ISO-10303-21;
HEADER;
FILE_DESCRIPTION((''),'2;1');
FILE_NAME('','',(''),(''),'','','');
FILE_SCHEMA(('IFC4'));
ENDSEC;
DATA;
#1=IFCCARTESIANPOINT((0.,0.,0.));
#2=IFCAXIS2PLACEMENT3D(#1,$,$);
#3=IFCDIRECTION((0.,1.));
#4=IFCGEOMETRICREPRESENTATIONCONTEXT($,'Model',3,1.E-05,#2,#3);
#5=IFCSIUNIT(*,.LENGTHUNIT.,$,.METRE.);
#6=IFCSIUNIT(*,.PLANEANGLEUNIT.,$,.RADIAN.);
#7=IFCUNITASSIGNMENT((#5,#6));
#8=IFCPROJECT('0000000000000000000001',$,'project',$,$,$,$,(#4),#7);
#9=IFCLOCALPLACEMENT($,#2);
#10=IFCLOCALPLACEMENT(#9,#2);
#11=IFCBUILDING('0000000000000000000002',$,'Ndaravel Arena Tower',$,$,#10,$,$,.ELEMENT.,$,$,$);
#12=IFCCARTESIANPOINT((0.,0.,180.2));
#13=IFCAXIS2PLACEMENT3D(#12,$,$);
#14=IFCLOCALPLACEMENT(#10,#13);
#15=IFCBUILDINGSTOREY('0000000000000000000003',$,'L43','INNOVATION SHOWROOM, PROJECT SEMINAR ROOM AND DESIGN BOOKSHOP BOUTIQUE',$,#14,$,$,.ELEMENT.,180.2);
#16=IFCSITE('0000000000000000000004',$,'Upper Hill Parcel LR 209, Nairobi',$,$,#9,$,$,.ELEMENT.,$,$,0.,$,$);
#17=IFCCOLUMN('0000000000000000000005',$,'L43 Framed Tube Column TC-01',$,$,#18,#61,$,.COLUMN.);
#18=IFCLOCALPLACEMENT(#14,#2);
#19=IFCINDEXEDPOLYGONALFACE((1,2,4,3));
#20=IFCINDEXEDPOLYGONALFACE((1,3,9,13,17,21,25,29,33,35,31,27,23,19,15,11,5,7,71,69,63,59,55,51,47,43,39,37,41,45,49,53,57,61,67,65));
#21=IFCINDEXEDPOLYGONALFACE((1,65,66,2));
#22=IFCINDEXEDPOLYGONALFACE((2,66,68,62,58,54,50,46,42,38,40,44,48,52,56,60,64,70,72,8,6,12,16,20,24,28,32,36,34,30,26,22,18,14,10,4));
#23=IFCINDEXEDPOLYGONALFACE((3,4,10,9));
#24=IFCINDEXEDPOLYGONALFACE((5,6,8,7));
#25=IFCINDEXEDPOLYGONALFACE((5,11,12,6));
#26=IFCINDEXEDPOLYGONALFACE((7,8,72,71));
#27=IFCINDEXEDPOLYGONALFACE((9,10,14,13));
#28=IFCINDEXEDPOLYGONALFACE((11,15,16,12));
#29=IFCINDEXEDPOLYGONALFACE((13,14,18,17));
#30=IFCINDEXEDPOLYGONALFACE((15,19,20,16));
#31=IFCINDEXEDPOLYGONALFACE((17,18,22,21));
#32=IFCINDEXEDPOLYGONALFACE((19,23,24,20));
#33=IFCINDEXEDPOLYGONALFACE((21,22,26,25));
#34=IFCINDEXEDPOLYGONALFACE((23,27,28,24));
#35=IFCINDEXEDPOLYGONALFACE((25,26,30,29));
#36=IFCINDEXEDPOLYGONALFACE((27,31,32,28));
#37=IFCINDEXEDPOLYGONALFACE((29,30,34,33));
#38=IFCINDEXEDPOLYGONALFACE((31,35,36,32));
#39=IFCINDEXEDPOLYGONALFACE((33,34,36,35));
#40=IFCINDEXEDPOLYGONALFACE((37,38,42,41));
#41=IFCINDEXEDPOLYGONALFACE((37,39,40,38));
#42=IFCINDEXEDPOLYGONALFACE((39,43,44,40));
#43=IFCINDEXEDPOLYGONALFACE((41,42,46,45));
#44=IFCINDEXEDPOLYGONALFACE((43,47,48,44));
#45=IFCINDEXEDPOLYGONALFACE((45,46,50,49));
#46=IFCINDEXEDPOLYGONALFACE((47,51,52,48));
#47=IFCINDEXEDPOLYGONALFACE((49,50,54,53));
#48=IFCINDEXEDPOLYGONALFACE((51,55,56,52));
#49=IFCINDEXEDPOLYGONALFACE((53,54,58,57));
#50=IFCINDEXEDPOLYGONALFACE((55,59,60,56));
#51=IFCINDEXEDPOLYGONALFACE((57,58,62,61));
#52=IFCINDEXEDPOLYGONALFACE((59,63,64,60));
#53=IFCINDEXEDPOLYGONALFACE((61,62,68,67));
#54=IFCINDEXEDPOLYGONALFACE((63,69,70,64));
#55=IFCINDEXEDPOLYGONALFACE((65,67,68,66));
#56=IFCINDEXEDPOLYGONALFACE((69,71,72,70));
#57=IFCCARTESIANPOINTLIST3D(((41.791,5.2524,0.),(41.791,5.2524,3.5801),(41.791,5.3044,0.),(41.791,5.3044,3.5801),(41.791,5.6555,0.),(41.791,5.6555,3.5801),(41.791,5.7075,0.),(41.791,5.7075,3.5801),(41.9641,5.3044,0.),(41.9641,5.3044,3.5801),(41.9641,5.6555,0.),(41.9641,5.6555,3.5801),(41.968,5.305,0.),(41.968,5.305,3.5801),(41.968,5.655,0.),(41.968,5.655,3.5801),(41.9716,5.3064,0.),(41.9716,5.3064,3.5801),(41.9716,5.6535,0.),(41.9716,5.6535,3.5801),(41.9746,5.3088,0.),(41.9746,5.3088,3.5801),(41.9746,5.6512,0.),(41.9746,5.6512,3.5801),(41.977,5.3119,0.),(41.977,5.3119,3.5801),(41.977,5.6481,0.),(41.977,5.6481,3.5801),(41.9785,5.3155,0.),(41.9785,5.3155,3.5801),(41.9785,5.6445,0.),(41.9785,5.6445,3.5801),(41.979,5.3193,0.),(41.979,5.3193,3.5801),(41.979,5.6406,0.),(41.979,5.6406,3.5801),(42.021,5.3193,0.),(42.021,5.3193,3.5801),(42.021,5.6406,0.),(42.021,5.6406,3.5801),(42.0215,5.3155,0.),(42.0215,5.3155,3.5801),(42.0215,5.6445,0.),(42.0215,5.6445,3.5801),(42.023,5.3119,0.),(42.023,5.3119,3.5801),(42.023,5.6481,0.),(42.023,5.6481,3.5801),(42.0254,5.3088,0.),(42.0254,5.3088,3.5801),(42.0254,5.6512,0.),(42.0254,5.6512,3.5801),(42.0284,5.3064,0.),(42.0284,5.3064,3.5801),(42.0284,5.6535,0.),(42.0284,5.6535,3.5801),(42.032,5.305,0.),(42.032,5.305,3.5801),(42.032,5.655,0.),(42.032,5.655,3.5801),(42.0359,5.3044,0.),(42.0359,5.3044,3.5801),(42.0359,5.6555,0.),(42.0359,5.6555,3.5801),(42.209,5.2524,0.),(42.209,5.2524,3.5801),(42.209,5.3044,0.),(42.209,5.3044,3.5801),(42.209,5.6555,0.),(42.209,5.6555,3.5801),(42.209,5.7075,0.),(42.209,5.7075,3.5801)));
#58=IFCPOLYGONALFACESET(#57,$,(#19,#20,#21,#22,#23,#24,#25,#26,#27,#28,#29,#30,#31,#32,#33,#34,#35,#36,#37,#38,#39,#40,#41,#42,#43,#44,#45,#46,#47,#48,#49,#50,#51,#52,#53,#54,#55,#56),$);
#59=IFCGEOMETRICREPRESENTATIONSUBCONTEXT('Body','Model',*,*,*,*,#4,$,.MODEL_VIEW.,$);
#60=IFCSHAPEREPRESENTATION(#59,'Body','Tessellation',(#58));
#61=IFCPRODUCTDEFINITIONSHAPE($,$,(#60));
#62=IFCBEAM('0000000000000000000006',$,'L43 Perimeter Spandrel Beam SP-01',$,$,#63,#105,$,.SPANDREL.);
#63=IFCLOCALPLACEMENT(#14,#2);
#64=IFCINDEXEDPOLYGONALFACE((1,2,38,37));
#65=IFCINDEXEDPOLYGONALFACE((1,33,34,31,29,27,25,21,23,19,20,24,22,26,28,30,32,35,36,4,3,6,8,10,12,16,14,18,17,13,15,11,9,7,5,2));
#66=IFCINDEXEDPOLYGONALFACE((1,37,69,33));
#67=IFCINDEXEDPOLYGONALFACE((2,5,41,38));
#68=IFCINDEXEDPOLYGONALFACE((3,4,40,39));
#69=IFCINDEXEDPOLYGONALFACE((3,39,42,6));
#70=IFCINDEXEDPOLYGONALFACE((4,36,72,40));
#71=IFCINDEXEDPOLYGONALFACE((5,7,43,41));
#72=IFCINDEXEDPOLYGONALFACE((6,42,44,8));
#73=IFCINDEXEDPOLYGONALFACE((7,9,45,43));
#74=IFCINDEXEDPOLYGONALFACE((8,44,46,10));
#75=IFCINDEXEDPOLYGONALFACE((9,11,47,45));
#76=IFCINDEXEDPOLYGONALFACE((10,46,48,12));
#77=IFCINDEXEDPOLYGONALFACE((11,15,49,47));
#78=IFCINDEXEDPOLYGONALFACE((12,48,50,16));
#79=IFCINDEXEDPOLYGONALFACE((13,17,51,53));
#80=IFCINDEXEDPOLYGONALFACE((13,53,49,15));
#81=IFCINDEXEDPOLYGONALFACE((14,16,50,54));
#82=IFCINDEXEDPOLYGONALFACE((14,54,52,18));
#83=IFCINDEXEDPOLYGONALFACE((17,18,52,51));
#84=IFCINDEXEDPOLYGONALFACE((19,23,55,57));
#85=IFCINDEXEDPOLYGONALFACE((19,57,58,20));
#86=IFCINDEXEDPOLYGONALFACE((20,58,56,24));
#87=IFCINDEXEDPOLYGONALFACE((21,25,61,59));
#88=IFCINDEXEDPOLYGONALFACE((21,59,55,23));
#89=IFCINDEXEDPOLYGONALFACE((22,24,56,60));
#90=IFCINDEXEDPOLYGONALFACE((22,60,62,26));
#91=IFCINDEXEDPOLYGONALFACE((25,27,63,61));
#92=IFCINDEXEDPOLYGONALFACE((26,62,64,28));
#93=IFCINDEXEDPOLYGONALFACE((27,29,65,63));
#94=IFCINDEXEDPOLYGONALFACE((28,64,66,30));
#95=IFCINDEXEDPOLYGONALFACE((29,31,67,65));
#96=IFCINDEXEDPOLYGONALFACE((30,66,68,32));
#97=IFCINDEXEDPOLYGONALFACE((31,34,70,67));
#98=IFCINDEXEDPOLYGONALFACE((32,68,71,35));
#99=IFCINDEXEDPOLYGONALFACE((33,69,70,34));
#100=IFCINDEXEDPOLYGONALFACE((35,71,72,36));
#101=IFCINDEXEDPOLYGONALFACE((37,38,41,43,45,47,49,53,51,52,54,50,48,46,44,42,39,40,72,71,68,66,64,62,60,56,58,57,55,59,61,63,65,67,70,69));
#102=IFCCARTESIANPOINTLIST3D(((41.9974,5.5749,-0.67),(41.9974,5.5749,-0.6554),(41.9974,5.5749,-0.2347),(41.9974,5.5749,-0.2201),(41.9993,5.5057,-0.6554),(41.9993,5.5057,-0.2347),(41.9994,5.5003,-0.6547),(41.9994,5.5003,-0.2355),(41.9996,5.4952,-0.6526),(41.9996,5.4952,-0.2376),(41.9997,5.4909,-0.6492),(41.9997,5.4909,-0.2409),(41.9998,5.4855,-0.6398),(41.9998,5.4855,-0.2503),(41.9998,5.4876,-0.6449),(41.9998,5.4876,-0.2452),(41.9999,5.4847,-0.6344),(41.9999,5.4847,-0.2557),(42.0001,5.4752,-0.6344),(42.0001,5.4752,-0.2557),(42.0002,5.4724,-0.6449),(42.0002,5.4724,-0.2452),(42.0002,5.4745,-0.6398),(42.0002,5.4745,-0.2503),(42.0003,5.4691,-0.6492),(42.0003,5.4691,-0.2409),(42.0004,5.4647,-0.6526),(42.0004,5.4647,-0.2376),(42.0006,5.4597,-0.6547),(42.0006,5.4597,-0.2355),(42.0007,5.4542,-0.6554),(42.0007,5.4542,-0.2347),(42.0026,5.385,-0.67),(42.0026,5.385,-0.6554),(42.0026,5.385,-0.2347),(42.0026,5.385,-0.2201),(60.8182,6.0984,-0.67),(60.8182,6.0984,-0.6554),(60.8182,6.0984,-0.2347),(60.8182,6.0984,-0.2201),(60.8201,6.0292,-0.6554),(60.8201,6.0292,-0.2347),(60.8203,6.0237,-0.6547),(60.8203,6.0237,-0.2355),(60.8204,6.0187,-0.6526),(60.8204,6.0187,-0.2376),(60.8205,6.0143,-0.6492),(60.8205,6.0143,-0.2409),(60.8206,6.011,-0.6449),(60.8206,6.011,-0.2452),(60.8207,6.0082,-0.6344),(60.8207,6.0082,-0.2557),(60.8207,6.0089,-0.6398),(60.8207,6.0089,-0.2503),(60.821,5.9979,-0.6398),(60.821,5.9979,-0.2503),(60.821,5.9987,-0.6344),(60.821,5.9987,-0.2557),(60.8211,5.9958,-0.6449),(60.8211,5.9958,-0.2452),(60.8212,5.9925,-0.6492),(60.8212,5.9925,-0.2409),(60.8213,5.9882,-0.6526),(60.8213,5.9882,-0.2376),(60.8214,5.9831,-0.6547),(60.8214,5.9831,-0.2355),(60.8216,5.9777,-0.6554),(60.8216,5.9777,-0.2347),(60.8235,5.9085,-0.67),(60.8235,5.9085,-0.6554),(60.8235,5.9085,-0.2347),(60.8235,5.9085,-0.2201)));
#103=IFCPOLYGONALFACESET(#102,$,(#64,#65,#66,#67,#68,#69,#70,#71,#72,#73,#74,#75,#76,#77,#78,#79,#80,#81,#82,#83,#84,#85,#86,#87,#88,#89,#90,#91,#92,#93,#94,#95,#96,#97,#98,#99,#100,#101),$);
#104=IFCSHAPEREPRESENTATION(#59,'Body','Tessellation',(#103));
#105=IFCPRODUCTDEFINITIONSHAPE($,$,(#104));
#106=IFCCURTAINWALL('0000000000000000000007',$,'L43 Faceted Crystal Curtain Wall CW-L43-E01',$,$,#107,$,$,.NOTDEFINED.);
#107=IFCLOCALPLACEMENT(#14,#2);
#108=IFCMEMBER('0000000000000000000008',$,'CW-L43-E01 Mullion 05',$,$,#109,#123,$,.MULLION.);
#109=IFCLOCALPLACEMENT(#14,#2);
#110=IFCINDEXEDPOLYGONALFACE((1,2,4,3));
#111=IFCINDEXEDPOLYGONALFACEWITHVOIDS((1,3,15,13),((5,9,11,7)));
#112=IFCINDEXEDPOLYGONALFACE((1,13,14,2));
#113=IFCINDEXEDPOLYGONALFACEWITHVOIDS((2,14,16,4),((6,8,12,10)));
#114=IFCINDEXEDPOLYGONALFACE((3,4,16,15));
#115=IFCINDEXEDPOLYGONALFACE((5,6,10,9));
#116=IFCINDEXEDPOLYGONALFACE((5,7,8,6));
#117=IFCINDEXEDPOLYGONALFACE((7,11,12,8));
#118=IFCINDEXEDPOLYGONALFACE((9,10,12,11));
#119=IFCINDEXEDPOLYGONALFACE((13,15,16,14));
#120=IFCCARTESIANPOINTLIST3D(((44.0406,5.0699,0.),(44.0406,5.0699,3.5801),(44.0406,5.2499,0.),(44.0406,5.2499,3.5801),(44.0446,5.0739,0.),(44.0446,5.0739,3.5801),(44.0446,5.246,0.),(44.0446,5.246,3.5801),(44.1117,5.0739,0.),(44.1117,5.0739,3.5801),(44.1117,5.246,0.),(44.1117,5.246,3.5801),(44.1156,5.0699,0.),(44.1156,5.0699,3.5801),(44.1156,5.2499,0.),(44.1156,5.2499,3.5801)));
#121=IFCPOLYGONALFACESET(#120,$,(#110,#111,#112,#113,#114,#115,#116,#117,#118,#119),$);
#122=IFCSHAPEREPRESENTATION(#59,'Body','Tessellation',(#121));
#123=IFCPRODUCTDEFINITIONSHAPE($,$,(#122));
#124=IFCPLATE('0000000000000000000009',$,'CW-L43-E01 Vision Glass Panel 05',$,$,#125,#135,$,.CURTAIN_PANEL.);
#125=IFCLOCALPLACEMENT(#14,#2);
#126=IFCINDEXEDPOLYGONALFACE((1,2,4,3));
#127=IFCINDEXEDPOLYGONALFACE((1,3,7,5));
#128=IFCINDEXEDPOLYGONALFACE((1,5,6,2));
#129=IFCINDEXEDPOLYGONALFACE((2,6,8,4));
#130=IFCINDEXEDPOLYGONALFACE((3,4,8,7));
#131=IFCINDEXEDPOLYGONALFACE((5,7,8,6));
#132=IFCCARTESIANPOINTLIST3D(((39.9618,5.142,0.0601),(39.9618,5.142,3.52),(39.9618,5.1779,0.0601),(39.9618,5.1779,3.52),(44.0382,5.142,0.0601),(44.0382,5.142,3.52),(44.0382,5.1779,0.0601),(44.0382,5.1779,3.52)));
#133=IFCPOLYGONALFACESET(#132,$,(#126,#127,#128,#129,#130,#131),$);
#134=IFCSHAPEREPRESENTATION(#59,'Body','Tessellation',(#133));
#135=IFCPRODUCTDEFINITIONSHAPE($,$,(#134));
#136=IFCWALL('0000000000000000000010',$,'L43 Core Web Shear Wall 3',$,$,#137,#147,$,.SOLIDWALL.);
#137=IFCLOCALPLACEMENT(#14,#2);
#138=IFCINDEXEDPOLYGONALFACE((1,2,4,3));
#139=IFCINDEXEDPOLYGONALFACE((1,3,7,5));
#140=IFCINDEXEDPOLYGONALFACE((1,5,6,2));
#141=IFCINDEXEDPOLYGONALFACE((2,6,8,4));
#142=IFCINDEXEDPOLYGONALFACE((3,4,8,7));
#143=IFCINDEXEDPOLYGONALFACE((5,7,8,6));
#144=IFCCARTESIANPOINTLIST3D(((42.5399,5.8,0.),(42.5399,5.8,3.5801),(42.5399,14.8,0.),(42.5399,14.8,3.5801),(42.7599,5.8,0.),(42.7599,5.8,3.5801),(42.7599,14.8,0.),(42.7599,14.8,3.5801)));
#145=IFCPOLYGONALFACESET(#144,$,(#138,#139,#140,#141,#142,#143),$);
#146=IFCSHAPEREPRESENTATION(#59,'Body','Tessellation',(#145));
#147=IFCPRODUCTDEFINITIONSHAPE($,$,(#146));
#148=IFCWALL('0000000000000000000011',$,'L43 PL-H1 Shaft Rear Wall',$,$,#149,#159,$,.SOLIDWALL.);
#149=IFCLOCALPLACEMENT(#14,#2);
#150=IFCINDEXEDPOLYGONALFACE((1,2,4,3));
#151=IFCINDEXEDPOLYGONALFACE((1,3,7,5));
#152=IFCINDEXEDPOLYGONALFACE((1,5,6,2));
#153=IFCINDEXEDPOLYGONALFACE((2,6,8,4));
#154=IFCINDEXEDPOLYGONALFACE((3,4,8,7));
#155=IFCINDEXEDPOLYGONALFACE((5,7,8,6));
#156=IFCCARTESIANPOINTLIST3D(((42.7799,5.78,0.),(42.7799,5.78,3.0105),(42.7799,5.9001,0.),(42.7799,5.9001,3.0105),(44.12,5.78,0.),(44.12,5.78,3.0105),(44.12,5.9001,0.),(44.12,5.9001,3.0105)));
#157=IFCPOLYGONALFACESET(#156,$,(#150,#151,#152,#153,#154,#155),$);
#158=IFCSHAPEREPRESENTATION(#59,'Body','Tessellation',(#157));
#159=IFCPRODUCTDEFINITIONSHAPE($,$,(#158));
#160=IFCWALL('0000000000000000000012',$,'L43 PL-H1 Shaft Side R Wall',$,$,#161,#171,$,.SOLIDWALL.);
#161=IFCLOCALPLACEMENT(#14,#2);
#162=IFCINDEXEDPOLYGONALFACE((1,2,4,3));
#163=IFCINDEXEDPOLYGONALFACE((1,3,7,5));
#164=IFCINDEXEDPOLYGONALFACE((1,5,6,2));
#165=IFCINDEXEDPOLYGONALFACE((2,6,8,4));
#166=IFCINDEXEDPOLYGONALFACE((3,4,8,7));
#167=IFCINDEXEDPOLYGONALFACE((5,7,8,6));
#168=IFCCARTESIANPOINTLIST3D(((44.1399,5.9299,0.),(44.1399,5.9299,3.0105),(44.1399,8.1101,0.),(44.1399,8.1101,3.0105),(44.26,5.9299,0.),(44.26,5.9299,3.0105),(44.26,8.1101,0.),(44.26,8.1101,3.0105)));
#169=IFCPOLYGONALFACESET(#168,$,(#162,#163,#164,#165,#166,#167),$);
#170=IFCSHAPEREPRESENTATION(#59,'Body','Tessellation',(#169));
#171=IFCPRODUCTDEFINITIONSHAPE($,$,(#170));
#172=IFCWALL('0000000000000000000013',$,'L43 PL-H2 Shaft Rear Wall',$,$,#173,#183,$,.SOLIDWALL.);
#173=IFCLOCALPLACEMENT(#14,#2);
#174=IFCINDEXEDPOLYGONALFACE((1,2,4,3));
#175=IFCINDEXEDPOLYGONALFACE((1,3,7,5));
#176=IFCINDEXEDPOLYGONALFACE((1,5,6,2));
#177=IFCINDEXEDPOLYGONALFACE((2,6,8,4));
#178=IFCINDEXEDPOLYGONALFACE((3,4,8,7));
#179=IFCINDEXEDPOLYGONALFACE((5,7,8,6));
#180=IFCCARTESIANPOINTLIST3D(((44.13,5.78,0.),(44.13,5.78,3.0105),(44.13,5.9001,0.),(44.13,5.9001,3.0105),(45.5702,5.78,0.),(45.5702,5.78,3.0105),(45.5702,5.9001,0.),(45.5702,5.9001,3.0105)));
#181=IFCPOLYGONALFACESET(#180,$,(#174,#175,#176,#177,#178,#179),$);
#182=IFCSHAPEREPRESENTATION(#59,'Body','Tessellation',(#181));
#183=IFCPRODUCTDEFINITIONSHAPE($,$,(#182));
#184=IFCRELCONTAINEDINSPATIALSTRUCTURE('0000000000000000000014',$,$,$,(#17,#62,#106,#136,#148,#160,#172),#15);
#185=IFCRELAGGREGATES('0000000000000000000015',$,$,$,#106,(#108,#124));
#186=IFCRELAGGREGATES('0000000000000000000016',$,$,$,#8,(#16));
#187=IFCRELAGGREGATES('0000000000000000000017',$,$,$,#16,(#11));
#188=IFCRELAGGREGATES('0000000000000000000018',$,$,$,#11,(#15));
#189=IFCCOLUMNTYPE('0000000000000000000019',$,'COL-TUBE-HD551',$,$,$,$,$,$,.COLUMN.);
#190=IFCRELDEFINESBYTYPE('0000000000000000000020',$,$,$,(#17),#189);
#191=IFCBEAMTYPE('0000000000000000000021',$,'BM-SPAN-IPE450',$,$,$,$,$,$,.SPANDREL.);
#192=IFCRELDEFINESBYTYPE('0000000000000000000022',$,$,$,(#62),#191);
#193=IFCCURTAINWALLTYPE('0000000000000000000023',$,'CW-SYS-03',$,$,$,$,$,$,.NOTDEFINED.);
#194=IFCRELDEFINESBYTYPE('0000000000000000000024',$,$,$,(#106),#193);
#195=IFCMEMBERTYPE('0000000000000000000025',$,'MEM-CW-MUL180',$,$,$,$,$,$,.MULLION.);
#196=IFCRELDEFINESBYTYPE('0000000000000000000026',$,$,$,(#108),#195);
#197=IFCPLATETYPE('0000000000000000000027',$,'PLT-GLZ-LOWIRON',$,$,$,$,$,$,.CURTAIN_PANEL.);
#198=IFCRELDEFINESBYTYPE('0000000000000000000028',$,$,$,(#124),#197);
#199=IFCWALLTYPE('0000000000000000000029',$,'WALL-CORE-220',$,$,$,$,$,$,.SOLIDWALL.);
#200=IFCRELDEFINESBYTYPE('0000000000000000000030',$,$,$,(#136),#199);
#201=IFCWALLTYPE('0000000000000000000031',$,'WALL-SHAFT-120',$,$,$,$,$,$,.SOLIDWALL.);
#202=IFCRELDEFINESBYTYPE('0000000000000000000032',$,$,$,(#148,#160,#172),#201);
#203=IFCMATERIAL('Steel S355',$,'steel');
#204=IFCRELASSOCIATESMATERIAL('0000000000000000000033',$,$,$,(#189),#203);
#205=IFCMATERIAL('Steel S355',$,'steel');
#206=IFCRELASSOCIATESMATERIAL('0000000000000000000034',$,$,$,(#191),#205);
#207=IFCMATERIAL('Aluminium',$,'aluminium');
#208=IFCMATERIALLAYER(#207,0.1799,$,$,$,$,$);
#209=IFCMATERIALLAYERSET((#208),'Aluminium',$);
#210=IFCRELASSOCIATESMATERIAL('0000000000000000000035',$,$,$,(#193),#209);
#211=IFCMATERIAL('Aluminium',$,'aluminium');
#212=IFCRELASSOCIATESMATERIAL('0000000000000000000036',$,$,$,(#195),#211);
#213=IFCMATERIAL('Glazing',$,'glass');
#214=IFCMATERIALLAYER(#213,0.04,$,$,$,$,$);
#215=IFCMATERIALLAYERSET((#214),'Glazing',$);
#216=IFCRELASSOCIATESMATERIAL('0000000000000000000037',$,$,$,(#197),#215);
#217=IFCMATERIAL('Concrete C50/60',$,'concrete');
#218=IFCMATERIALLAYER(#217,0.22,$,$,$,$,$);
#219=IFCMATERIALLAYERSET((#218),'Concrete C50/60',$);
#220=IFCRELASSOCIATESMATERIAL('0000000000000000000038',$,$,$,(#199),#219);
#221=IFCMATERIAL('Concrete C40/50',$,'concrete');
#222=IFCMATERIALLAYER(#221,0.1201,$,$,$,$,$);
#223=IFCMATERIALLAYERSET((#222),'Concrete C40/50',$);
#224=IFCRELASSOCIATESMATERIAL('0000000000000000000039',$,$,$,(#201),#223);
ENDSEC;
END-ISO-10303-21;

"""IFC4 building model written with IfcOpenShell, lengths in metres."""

from ifc_helpers import new_model, si_unit, direction, frame, frame_2d, origin, origin_2d, place, context, subcontext, project, spatial, rectangle, hollow_rectangle, i_section, extrude, material, layer, layer_set, material_profile, profile_set, type_object, element, aggregate, save


model = new_model("IFC4")

# Units and contexts
model_context = context("Model", 3, precision=1e-05, world=origin(), true_north=direction((0.0, 1.0)))
body_context = subcontext(model_context, "Body", "Model", "MODEL_VIEW")
ifc_project = project(units=[si_unit("LENGTHUNIT", "METRE"), si_unit("PLANEANGLEUNIT", "RADIAN")], contexts=[model_context])

# Site, building, storey
site_placement = place(None, origin())
site = spatial("IfcSite", under=ifc_project, at=site_placement, Name="Upper Hill Parcel LR 209, Nairobi", CompositionType="ELEMENT", RefElevation=0.0)
building_placement = place(site_placement, origin())
building = spatial("IfcBuilding", under=site, at=building_placement, Name="Ndaravel Arena Tower", CompositionType="ELEMENT")
storey_placement = place(building_placement, frame((0.0, 0.0, 180.2)))
storey = spatial("IfcBuildingStorey", under=building, at=storey_placement, Name="L43", Description="INNOVATION SHOWROOM, PROJECT SEMINAR ROOM AND DESIGN BOOKSHOP BOUTIQUE", CompositionType="ELEMENT", Elevation=180.2)

# Column
ifc_material_1 = material(Name="Steel S355", Category="steel")
ifc_material_profile_1 = material_profile(ifc_material_1, i_section(OverallWidth=0.418, OverallDepth=0.4551, WebThickness=0.042, FlangeThickness=0.052, FilletRadius=0.0149, at=origin_2d()), Name="HD 400x551")
ifc_profile_set_1 = profile_set([ifc_material_profile_1], Name="Steel S355")
column_type = type_object("IfcColumnType", Name="COL-TUBE-HD551", PredefinedType="COLUMN", material=ifc_profile_set_1)
column_placement = place(storey_placement, frame((42.0, 5.48, 0.0), z_axis=(0.0, 0.0, 1.0), x_axis=(1.0, 0.0, 0.0)))
element("IfcColumn", 1, at=column_placement, inside=storey, type_object=column_type, Name="L43 Framed Tube Column TC-01", PredefinedType="COLUMN", context=body_context, shape_type="SweptSolid", body=[
    extrude(i_section(OverallWidth=0.418, OverallDepth=0.4551, WebThickness=0.042, FlangeThickness=0.052, FilletRadius=0.0149, at=origin_2d()), origin(), (0.0, 0.0, 1.0), 3.5801),
])

# Beam
ifc_material_2 = material(Name="Steel S355", Category="steel")
ifc_material_profile_2 = material_profile(ifc_material_2, i_section(OverallWidth=0.1899, OverallDepth=0.45, WebThickness=0.0095, FlangeThickness=0.0146, FilletRadius=0.021, at=origin_2d()), Name="IPE 450")
ifc_profile_set_2 = profile_set([ifc_material_profile_2], Name="Steel S355")
beam_type = type_object("IfcBeamType", Name="BM-SPAN-IPE450", PredefinedType="SPANDREL", material=ifc_profile_set_2)
beam_placement = place(storey_placement, frame((42.0, 5.48, -0.4451), z_axis=(0.999613, 0.027801, 0.0), x_axis=(-0.027801, 0.999613, 0.0)))
element("IfcBeam", 2, at=beam_placement, inside=storey, type_object=beam_type, Name="L43 Perimeter Spandrel Beam SP-01", PredefinedType="SPANDREL", context=body_context, shape_type="SweptSolid", body=[
    extrude(i_section(OverallWidth=0.1899, OverallDepth=0.45, WebThickness=0.0095, FlangeThickness=0.0146, FilletRadius=0.021, at=origin_2d()), origin(), (0.0, 0.0, 1.0), 18.8281),
])

# Curtain wall, member, plate
ifc_material_3 = material(Name="Aluminium", Category="aluminium")
ifc_layer_1 = layer(ifc_material_3, 0.1799)
ifc_layer_set_1 = layer_set([ifc_layer_1], Name="Aluminium")
curtain_wall_type = type_object("IfcCurtainWallType", Name="CW-SYS-03", PredefinedType="NOTDEFINED", material=ifc_layer_set_1)
curtain_wall_placement = place(storey_placement, origin())
curtain_wall = element("IfcCurtainWall", 3, at=curtain_wall_placement, inside=storey, type_object=curtain_wall_type, Name="L43 Faceted Crystal Curtain Wall CW-L43-E01", PredefinedType="NOTDEFINED")
ifc_material_4 = material(Name="Aluminium", Category="aluminium")
ifc_material_profile_3 = material_profile(ifc_material_4, hollow_rectangle(XDim=0.075, YDim=0.1799, WallThickness=0.0039, at=origin_2d()), Name="CW MULLION 75x180x4")
ifc_profile_set_3 = profile_set([ifc_material_profile_3], Name="Aluminium")
member_type = type_object("IfcMemberType", Name="MEM-CW-MUL180", PredefinedType="MULLION", material=ifc_profile_set_3)
member_placement = place(storey_placement, frame((44.0781, 5.1599, 0.0), z_axis=(0.0, 0.0, 1.0), x_axis=(1.0, 0.0, 0.0)))
member = element("IfcMember", 4, at=member_placement, type_object=member_type, Name="CW-L43-E01 Mullion 05", PredefinedType="MULLION", context=body_context, shape_type="SweptSolid", body=[
    extrude(hollow_rectangle(XDim=0.075, YDim=0.1799, WallThickness=0.0039, at=origin_2d()), origin(), (0.0, 0.0, 1.0), 3.5801),
])
ifc_material_5 = material(Name="Glazing", Category="glass")
ifc_layer_2 = layer(ifc_material_5, 0.04)
ifc_layer_set_2 = layer_set([ifc_layer_2], Name="Glazing")
plate_type = type_object("IfcPlateType", Name="PLT-GLZ-LOWIRON", PredefinedType="CURTAIN_PANEL", material=ifc_layer_set_2)
plate_placement = place(storey_placement, frame((42.0, 5.1599, 0.0601), z_axis=(0.0, 0.0, 1.0), x_axis=(1.0, 0.0, 0.0)))
plate = element("IfcPlate", 5, at=plate_placement, type_object=plate_type, Name="CW-L43-E01 Vision Glass Panel 05", PredefinedType="CURTAIN_PANEL", context=body_context, shape_type="SweptSolid", body=[
    extrude(rectangle(XDim=4.0764, YDim=0.0359, at=origin_2d()), origin(), (0.0, 0.0, 1.0), 3.46),
])
aggregate(curtain_wall, [member, plate])

# Walls
ifc_material_6 = material(Name="Concrete C50/60", Category="concrete")
ifc_layer_3 = layer(ifc_material_6, 0.22)
ifc_layer_set_3 = layer_set([ifc_layer_3], Name="Concrete C50/60")
wall_type_1 = type_object("IfcWallType", Name="WALL-CORE-220", PredefinedType="SOLIDWALL", material=ifc_layer_set_3)
wall_1_placement = place(storey_placement, frame((42.6499, 5.8, 0.0), z_axis=(0.0, 0.0, 1.0), x_axis=(0.0, 1.0, 0.0)))
element("IfcWall", 6, at=wall_1_placement, inside=storey, type_object=wall_type_1, Name="L43 Core Web Shear Wall 3", PredefinedType="SOLIDWALL", context=body_context, shape_type="SweptSolid", body=[
    extrude(rectangle(XDim=9.0, YDim=0.22, at=frame_2d((4.5, 0.0))), origin(), (0.0, 0.0, 1.0), 3.5801),
])
ifc_material_7 = material(Name="Concrete C40/50", Category="concrete")
ifc_layer_4 = layer(ifc_material_7, 0.1201)
ifc_layer_set_4 = layer_set([ifc_layer_4], Name="Concrete C40/50")
wall_type_2 = type_object("IfcWallType", Name="WALL-SHAFT-120", PredefinedType="SOLIDWALL", material=ifc_layer_set_4)
wall_2_placement = place(storey_placement, frame((42.78, 5.8401, 0.0), z_axis=(0.0, 0.0, 1.0), x_axis=(1.0, 0.0, 0.0)))
element("IfcWall", 7, at=wall_2_placement, inside=storey, type_object=wall_type_2, Name="L43 PL-H1 Shaft Rear Wall", PredefinedType="SOLIDWALL", context=body_context, shape_type="SweptSolid", body=[
    extrude(rectangle(XDim=1.3401, YDim=0.1201, at=frame_2d((0.6699, 0.0))), origin(), (0.0, 0.0, 1.0), 3.0105),
])
wall_3_placement = place(storey_placement, frame((44.2, 5.9299, 0.0), z_axis=(0.0, 0.0, 1.0), x_axis=(0.0, 1.0, 0.0)))
element("IfcWall", 8, at=wall_3_placement, inside=storey, type_object=wall_type_2, Name="L43 PL-H1 Shaft Side R Wall", PredefinedType="SOLIDWALL", context=body_context, shape_type="SweptSolid", body=[
    extrude(rectangle(XDim=2.1802, YDim=0.1201, at=frame_2d((1.0901, 0.0))), origin(), (0.0, 0.0, 1.0), 3.0105),
])
wall_4_placement = place(storey_placement, frame((44.1299, 5.8401, 0.0), z_axis=(0.0, 0.0, 1.0), x_axis=(1.0, 0.0, 0.0)))
element("IfcWall", 9, at=wall_4_placement, inside=storey, type_object=wall_type_2, Name="L43 PL-H2 Shaft Rear Wall", PredefinedType="SOLIDWALL", context=body_context, shape_type="SweptSolid", body=[
    extrude(rectangle(XDim=1.4402, YDim=0.1201, at=frame_2d((0.7202, 0.0))), origin(), (0.0, 0.0, 1.0), 3.0105),
])

save(model, "model.ifc")
